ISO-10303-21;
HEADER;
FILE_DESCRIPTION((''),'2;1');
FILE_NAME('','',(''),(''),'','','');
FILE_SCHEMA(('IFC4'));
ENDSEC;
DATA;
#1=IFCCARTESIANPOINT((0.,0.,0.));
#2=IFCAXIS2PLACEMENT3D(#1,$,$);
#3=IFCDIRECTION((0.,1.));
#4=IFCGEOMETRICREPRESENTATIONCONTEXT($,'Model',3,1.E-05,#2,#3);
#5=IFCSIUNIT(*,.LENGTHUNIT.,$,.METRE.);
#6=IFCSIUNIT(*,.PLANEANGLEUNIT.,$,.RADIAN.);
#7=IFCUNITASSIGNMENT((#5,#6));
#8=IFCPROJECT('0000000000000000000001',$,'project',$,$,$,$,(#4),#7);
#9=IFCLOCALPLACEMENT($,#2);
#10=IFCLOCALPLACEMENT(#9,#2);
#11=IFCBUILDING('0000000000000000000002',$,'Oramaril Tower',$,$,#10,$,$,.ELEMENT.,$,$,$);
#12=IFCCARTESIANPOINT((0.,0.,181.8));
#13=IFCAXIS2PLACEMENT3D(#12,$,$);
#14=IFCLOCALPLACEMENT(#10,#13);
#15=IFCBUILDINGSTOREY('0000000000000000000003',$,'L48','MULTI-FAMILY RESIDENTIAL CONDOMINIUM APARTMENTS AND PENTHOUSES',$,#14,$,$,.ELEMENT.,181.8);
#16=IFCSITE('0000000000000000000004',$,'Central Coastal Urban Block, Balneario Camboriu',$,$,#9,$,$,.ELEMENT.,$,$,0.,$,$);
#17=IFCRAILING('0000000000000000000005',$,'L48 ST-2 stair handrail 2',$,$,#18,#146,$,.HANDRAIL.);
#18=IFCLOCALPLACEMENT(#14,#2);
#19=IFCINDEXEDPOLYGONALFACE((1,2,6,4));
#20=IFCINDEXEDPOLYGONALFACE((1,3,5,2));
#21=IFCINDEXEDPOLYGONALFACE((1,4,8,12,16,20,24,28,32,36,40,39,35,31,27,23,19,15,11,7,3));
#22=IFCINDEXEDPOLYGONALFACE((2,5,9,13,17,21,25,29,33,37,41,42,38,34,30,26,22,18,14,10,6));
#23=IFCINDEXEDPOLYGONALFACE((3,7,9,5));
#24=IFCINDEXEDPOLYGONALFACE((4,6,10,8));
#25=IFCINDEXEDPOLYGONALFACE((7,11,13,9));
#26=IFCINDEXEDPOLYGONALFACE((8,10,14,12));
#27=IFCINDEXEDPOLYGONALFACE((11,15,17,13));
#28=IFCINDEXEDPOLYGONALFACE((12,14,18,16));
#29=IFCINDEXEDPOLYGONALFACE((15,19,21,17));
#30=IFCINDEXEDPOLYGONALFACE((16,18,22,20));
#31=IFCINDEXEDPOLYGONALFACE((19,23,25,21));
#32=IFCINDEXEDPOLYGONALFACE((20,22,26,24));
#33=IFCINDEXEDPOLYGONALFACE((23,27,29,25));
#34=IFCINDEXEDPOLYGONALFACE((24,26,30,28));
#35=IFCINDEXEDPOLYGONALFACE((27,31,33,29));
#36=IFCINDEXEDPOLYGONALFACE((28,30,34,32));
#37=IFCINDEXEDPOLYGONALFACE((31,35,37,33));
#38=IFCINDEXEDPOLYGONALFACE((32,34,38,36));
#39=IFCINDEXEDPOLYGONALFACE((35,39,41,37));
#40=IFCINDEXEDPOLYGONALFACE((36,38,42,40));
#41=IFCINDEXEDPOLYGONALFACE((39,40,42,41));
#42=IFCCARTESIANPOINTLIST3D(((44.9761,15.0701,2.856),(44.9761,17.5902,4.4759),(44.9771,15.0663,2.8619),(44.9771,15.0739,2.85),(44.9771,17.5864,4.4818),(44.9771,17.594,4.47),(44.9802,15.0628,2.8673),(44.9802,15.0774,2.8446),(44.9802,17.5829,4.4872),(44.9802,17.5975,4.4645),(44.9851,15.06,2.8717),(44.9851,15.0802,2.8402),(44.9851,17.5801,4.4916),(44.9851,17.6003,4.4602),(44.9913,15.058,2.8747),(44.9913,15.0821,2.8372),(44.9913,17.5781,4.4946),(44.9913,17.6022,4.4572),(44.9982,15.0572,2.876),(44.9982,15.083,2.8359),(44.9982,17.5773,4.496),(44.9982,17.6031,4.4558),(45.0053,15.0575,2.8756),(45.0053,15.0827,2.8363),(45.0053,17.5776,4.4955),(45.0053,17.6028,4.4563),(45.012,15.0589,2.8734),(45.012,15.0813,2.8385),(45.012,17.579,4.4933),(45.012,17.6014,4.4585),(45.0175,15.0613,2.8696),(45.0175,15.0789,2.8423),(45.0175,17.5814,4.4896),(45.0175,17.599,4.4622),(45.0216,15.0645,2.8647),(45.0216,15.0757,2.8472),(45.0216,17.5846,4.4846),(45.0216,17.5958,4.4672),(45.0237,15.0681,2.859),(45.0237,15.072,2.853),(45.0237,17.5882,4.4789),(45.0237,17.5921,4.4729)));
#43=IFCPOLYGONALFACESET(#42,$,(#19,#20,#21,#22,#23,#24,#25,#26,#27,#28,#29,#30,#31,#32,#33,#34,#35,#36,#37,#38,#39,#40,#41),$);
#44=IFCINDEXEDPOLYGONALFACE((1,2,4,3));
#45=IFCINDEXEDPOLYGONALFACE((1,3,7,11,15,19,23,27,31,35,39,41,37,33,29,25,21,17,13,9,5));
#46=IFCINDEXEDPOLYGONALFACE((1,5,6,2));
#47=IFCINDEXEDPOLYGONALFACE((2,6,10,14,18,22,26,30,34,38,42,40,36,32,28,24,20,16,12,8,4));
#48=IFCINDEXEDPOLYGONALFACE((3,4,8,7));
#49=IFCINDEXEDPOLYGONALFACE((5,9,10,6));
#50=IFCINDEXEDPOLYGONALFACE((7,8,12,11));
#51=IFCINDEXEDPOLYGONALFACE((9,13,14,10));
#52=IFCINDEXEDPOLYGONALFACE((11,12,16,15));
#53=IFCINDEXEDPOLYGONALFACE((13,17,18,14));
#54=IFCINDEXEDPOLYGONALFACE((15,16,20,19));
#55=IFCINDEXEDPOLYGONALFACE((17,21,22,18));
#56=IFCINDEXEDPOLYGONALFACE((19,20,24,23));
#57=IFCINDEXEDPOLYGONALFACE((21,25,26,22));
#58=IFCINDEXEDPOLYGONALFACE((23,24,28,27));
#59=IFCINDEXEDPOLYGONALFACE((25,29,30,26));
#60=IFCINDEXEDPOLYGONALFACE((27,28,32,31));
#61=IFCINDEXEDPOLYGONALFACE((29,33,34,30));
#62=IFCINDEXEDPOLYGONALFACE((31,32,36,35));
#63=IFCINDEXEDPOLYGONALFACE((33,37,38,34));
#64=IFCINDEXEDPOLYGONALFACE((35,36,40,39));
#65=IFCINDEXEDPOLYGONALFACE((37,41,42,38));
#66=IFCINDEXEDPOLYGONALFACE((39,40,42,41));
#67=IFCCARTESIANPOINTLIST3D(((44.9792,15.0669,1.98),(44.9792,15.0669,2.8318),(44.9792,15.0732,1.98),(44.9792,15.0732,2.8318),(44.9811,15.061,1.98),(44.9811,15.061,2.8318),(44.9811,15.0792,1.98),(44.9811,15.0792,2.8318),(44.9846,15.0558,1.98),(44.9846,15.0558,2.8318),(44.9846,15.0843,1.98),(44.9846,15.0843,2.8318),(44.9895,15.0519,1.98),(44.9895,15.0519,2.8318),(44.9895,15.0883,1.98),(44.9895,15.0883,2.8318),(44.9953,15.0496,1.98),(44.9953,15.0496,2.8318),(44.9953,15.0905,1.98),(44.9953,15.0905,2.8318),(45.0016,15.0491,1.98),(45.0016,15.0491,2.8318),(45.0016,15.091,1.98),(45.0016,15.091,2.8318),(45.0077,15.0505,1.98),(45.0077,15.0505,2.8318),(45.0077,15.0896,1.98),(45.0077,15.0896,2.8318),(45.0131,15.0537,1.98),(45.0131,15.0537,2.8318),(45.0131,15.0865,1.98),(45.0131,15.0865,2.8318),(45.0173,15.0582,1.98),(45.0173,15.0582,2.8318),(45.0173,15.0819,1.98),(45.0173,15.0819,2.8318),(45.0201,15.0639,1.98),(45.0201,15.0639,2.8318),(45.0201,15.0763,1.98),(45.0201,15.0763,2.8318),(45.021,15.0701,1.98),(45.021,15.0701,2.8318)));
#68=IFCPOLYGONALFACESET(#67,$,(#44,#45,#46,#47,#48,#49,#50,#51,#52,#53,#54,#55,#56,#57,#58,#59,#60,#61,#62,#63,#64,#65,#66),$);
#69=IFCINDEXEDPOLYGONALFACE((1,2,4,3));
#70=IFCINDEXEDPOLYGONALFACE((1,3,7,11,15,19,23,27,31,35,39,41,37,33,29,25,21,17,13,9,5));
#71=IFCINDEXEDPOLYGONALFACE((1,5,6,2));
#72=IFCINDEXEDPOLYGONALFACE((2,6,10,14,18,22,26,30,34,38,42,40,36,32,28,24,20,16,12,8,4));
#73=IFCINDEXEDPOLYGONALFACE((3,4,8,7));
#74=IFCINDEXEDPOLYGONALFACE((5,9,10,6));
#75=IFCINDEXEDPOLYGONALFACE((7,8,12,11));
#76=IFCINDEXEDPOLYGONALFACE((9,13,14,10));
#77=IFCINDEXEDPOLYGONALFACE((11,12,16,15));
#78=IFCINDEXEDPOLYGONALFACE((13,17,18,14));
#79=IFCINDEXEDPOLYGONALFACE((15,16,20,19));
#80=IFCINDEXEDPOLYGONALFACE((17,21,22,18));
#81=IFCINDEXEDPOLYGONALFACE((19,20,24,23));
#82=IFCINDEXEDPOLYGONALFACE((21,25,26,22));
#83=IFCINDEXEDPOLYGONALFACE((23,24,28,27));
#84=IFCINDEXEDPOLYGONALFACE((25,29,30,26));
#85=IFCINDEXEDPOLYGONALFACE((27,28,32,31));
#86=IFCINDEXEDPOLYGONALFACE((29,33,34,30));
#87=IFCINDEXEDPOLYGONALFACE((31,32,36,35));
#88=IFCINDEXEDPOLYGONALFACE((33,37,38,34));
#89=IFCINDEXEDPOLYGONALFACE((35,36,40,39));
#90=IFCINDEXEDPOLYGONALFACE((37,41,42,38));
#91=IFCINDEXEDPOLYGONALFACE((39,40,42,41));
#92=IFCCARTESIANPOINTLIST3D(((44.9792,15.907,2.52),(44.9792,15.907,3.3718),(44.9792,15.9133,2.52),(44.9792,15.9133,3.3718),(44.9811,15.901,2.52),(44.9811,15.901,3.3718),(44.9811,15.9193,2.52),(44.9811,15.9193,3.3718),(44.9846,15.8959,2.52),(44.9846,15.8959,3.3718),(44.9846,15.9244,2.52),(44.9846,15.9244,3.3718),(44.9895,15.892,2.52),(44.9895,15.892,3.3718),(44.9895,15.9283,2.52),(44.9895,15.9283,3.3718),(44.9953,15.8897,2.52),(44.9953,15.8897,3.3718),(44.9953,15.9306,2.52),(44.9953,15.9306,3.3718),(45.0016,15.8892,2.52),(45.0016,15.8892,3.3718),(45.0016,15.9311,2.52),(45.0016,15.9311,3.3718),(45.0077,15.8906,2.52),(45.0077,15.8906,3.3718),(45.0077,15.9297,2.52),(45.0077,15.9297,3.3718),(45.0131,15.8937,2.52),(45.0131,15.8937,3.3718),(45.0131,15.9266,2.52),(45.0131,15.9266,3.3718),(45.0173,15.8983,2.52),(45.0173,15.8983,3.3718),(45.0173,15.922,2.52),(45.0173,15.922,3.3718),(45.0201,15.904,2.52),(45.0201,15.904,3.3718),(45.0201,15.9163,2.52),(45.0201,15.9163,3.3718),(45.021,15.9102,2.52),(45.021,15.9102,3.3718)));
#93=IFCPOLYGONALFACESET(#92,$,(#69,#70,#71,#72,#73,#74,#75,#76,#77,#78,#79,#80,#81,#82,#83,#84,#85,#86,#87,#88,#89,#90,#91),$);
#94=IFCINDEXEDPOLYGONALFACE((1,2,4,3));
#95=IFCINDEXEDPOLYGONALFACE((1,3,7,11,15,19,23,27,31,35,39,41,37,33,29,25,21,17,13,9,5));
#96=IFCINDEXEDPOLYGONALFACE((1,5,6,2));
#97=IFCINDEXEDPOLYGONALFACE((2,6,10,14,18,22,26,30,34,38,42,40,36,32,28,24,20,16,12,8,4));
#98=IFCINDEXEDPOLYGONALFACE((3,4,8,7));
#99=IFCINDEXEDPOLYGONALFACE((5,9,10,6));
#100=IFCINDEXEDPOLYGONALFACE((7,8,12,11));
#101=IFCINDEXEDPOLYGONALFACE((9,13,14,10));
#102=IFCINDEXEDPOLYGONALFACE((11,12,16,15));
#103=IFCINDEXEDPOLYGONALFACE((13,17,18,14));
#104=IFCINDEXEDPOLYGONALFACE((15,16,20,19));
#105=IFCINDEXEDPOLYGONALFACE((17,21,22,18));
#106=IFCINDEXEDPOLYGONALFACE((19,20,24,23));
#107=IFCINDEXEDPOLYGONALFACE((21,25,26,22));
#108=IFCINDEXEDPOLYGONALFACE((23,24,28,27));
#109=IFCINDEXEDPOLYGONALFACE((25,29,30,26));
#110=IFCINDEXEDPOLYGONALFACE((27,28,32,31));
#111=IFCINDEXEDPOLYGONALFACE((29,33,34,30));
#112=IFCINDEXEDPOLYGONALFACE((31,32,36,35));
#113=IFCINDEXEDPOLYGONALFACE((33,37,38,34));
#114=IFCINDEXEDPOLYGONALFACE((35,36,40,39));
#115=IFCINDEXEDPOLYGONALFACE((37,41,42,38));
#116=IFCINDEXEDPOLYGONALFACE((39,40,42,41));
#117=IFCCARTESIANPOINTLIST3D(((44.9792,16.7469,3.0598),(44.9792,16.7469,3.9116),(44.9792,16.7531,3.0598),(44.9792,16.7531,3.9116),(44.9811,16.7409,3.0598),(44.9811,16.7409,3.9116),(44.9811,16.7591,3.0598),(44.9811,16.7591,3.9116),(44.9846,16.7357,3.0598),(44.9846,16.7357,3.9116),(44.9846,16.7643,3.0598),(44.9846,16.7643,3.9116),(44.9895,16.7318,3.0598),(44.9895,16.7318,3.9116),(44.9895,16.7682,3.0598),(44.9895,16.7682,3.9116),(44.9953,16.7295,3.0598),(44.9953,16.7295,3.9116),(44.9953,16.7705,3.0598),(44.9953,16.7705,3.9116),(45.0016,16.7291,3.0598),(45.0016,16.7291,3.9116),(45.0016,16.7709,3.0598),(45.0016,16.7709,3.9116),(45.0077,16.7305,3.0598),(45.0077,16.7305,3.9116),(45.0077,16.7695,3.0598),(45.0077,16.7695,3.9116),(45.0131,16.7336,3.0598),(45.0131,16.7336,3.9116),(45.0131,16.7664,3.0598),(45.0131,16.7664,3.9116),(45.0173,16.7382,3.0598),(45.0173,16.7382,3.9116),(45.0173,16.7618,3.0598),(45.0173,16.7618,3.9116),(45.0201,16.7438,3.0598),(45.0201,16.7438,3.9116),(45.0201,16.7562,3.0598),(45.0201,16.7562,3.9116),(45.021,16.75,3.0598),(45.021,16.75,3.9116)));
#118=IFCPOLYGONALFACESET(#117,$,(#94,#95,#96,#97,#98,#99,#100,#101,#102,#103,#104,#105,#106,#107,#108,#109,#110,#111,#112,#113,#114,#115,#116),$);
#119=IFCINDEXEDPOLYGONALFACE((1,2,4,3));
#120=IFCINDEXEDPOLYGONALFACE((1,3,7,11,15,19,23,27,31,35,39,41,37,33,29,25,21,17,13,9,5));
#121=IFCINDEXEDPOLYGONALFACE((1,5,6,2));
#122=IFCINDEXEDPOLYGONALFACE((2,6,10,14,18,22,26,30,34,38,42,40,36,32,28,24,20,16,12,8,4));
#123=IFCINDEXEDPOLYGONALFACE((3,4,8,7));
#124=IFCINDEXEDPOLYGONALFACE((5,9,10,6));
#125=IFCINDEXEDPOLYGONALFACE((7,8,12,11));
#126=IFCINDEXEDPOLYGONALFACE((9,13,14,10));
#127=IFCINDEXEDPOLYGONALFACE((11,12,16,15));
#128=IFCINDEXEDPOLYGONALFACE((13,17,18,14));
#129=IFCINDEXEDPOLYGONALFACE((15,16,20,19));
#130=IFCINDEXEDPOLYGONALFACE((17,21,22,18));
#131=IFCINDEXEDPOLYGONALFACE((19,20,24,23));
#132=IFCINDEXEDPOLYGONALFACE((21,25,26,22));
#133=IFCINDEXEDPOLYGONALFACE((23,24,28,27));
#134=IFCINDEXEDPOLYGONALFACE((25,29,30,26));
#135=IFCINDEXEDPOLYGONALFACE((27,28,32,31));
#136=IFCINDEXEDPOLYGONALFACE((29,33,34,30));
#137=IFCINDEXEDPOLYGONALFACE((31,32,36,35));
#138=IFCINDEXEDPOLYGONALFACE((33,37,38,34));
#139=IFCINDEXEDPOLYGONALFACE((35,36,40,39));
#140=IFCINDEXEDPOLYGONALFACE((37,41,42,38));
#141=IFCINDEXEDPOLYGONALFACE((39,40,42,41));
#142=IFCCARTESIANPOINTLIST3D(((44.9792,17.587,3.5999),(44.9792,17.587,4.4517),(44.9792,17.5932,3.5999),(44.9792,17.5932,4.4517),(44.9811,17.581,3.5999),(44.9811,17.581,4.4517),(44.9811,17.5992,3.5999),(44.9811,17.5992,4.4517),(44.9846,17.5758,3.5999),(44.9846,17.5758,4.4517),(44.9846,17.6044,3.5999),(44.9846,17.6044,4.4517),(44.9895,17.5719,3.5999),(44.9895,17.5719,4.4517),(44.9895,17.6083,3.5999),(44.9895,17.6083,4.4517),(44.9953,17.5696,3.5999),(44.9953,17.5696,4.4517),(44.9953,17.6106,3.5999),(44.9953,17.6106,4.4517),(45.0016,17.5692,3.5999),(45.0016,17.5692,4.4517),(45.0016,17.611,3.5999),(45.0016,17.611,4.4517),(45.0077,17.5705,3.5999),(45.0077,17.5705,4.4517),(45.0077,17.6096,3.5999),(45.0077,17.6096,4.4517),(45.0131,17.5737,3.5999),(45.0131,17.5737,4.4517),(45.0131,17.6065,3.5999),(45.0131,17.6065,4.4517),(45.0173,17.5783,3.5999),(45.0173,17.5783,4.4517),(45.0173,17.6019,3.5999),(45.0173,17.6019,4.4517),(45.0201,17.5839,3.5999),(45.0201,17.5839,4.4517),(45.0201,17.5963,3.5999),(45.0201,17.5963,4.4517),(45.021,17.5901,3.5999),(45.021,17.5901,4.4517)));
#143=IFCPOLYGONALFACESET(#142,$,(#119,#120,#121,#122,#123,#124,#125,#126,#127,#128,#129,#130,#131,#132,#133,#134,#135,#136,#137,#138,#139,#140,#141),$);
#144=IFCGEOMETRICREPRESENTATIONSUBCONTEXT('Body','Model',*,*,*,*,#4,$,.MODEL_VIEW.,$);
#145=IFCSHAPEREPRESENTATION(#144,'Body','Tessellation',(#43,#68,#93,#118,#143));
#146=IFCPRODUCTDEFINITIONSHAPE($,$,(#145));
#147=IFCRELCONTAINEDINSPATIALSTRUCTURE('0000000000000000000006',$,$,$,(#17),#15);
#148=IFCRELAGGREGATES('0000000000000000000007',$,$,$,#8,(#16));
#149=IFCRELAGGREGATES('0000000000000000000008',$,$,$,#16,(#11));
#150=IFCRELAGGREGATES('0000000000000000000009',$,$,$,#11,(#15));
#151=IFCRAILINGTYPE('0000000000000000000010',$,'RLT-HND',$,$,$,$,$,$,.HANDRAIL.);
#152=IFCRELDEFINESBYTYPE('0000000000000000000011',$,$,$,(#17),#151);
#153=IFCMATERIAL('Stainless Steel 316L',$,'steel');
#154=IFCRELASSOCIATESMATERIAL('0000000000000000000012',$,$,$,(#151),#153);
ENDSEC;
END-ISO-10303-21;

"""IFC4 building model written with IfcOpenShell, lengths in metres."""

from ifc_helpers import new_model, si_unit, direction, frame, origin, origin_2d, place, context, subcontext, project, spatial, circle, extrude, material, type_object, element, save


model = new_model("IFC4")

# Units and contexts
model_context = context("Model", 3, precision=1e-05, world=origin(), true_north=direction((0.0, 1.0)))
body_context = subcontext(model_context, "Body", "Model", "MODEL_VIEW")
ifc_project = project(units=[si_unit("LENGTHUNIT", "METRE"), si_unit("PLANEANGLEUNIT", "RADIAN")], contexts=[model_context])

# Site, building, storey
site_placement = place(None, origin())
site = spatial("IfcSite", under=ifc_project, at=site_placement, Name="Central Coastal Urban Block, Balneario Camboriu", CompositionType="ELEMENT", RefElevation=0.0)
building_placement = place(site_placement, origin())
building = spatial("IfcBuilding", under=site, at=building_placement, Name="Oramaril Tower", CompositionType="ELEMENT")
storey_placement = place(building_placement, frame((0.0, 0.0, 181.8)))
storey = spatial("IfcBuildingStorey", under=building, at=storey_placement, Name="L48", Description="MULTI-FAMILY RESIDENTIAL CONDOMINIUM APARTMENTS AND PENTHOUSES", CompositionType="ELEMENT", Elevation=181.8)

# Railing
ifc_material_1 = material(Name="Stainless Steel 316L", Category="steel")
railing_type_1 = type_object("IfcRailingType", Name="RLT-HND", PredefinedType="HANDRAIL", material=ifc_material_1)
railing_1_placement = place(storey_placement, frame((45.0, 15.0701, 1.98)))
element("IfcRailing", 1, at=railing_1_placement, inside=storey, type_object=railing_type_1, Name="L48 ST-2 stair handrail 2", PredefinedType="HANDRAIL", context=body_context, shape_type="SweptSolid", body=[
    extrude(circle(Radius=0.0239, at=origin_2d()), frame((0.0, 0.0, 0.876), z_axis=(0.0, 0.8412, 0.540725), x_axis=(-1.0, 0.0, 0.0)), (0.0, 0.0, 1.0), 2.9958),
    extrude(circle(Radius=0.021, at=origin_2d()), origin(), (0.0, 0.0, 1.0), 0.8518),
    extrude(circle(Radius=0.021, at=origin_2d()), frame((0.0, 0.8401, 0.54)), (0.0, 0.0, 1.0), 0.8518),
    extrude(circle(Radius=0.021, at=origin_2d()), frame((0.0, 1.6799, 1.0798)), (0.0, 0.0, 1.0), 0.8518),
    extrude(circle(Radius=0.021, at=origin_2d()), frame((0.0, 2.52, 1.6199)), (0.0, 0.0, 1.0), 0.8518),
])

save(model, "model.ifc")
